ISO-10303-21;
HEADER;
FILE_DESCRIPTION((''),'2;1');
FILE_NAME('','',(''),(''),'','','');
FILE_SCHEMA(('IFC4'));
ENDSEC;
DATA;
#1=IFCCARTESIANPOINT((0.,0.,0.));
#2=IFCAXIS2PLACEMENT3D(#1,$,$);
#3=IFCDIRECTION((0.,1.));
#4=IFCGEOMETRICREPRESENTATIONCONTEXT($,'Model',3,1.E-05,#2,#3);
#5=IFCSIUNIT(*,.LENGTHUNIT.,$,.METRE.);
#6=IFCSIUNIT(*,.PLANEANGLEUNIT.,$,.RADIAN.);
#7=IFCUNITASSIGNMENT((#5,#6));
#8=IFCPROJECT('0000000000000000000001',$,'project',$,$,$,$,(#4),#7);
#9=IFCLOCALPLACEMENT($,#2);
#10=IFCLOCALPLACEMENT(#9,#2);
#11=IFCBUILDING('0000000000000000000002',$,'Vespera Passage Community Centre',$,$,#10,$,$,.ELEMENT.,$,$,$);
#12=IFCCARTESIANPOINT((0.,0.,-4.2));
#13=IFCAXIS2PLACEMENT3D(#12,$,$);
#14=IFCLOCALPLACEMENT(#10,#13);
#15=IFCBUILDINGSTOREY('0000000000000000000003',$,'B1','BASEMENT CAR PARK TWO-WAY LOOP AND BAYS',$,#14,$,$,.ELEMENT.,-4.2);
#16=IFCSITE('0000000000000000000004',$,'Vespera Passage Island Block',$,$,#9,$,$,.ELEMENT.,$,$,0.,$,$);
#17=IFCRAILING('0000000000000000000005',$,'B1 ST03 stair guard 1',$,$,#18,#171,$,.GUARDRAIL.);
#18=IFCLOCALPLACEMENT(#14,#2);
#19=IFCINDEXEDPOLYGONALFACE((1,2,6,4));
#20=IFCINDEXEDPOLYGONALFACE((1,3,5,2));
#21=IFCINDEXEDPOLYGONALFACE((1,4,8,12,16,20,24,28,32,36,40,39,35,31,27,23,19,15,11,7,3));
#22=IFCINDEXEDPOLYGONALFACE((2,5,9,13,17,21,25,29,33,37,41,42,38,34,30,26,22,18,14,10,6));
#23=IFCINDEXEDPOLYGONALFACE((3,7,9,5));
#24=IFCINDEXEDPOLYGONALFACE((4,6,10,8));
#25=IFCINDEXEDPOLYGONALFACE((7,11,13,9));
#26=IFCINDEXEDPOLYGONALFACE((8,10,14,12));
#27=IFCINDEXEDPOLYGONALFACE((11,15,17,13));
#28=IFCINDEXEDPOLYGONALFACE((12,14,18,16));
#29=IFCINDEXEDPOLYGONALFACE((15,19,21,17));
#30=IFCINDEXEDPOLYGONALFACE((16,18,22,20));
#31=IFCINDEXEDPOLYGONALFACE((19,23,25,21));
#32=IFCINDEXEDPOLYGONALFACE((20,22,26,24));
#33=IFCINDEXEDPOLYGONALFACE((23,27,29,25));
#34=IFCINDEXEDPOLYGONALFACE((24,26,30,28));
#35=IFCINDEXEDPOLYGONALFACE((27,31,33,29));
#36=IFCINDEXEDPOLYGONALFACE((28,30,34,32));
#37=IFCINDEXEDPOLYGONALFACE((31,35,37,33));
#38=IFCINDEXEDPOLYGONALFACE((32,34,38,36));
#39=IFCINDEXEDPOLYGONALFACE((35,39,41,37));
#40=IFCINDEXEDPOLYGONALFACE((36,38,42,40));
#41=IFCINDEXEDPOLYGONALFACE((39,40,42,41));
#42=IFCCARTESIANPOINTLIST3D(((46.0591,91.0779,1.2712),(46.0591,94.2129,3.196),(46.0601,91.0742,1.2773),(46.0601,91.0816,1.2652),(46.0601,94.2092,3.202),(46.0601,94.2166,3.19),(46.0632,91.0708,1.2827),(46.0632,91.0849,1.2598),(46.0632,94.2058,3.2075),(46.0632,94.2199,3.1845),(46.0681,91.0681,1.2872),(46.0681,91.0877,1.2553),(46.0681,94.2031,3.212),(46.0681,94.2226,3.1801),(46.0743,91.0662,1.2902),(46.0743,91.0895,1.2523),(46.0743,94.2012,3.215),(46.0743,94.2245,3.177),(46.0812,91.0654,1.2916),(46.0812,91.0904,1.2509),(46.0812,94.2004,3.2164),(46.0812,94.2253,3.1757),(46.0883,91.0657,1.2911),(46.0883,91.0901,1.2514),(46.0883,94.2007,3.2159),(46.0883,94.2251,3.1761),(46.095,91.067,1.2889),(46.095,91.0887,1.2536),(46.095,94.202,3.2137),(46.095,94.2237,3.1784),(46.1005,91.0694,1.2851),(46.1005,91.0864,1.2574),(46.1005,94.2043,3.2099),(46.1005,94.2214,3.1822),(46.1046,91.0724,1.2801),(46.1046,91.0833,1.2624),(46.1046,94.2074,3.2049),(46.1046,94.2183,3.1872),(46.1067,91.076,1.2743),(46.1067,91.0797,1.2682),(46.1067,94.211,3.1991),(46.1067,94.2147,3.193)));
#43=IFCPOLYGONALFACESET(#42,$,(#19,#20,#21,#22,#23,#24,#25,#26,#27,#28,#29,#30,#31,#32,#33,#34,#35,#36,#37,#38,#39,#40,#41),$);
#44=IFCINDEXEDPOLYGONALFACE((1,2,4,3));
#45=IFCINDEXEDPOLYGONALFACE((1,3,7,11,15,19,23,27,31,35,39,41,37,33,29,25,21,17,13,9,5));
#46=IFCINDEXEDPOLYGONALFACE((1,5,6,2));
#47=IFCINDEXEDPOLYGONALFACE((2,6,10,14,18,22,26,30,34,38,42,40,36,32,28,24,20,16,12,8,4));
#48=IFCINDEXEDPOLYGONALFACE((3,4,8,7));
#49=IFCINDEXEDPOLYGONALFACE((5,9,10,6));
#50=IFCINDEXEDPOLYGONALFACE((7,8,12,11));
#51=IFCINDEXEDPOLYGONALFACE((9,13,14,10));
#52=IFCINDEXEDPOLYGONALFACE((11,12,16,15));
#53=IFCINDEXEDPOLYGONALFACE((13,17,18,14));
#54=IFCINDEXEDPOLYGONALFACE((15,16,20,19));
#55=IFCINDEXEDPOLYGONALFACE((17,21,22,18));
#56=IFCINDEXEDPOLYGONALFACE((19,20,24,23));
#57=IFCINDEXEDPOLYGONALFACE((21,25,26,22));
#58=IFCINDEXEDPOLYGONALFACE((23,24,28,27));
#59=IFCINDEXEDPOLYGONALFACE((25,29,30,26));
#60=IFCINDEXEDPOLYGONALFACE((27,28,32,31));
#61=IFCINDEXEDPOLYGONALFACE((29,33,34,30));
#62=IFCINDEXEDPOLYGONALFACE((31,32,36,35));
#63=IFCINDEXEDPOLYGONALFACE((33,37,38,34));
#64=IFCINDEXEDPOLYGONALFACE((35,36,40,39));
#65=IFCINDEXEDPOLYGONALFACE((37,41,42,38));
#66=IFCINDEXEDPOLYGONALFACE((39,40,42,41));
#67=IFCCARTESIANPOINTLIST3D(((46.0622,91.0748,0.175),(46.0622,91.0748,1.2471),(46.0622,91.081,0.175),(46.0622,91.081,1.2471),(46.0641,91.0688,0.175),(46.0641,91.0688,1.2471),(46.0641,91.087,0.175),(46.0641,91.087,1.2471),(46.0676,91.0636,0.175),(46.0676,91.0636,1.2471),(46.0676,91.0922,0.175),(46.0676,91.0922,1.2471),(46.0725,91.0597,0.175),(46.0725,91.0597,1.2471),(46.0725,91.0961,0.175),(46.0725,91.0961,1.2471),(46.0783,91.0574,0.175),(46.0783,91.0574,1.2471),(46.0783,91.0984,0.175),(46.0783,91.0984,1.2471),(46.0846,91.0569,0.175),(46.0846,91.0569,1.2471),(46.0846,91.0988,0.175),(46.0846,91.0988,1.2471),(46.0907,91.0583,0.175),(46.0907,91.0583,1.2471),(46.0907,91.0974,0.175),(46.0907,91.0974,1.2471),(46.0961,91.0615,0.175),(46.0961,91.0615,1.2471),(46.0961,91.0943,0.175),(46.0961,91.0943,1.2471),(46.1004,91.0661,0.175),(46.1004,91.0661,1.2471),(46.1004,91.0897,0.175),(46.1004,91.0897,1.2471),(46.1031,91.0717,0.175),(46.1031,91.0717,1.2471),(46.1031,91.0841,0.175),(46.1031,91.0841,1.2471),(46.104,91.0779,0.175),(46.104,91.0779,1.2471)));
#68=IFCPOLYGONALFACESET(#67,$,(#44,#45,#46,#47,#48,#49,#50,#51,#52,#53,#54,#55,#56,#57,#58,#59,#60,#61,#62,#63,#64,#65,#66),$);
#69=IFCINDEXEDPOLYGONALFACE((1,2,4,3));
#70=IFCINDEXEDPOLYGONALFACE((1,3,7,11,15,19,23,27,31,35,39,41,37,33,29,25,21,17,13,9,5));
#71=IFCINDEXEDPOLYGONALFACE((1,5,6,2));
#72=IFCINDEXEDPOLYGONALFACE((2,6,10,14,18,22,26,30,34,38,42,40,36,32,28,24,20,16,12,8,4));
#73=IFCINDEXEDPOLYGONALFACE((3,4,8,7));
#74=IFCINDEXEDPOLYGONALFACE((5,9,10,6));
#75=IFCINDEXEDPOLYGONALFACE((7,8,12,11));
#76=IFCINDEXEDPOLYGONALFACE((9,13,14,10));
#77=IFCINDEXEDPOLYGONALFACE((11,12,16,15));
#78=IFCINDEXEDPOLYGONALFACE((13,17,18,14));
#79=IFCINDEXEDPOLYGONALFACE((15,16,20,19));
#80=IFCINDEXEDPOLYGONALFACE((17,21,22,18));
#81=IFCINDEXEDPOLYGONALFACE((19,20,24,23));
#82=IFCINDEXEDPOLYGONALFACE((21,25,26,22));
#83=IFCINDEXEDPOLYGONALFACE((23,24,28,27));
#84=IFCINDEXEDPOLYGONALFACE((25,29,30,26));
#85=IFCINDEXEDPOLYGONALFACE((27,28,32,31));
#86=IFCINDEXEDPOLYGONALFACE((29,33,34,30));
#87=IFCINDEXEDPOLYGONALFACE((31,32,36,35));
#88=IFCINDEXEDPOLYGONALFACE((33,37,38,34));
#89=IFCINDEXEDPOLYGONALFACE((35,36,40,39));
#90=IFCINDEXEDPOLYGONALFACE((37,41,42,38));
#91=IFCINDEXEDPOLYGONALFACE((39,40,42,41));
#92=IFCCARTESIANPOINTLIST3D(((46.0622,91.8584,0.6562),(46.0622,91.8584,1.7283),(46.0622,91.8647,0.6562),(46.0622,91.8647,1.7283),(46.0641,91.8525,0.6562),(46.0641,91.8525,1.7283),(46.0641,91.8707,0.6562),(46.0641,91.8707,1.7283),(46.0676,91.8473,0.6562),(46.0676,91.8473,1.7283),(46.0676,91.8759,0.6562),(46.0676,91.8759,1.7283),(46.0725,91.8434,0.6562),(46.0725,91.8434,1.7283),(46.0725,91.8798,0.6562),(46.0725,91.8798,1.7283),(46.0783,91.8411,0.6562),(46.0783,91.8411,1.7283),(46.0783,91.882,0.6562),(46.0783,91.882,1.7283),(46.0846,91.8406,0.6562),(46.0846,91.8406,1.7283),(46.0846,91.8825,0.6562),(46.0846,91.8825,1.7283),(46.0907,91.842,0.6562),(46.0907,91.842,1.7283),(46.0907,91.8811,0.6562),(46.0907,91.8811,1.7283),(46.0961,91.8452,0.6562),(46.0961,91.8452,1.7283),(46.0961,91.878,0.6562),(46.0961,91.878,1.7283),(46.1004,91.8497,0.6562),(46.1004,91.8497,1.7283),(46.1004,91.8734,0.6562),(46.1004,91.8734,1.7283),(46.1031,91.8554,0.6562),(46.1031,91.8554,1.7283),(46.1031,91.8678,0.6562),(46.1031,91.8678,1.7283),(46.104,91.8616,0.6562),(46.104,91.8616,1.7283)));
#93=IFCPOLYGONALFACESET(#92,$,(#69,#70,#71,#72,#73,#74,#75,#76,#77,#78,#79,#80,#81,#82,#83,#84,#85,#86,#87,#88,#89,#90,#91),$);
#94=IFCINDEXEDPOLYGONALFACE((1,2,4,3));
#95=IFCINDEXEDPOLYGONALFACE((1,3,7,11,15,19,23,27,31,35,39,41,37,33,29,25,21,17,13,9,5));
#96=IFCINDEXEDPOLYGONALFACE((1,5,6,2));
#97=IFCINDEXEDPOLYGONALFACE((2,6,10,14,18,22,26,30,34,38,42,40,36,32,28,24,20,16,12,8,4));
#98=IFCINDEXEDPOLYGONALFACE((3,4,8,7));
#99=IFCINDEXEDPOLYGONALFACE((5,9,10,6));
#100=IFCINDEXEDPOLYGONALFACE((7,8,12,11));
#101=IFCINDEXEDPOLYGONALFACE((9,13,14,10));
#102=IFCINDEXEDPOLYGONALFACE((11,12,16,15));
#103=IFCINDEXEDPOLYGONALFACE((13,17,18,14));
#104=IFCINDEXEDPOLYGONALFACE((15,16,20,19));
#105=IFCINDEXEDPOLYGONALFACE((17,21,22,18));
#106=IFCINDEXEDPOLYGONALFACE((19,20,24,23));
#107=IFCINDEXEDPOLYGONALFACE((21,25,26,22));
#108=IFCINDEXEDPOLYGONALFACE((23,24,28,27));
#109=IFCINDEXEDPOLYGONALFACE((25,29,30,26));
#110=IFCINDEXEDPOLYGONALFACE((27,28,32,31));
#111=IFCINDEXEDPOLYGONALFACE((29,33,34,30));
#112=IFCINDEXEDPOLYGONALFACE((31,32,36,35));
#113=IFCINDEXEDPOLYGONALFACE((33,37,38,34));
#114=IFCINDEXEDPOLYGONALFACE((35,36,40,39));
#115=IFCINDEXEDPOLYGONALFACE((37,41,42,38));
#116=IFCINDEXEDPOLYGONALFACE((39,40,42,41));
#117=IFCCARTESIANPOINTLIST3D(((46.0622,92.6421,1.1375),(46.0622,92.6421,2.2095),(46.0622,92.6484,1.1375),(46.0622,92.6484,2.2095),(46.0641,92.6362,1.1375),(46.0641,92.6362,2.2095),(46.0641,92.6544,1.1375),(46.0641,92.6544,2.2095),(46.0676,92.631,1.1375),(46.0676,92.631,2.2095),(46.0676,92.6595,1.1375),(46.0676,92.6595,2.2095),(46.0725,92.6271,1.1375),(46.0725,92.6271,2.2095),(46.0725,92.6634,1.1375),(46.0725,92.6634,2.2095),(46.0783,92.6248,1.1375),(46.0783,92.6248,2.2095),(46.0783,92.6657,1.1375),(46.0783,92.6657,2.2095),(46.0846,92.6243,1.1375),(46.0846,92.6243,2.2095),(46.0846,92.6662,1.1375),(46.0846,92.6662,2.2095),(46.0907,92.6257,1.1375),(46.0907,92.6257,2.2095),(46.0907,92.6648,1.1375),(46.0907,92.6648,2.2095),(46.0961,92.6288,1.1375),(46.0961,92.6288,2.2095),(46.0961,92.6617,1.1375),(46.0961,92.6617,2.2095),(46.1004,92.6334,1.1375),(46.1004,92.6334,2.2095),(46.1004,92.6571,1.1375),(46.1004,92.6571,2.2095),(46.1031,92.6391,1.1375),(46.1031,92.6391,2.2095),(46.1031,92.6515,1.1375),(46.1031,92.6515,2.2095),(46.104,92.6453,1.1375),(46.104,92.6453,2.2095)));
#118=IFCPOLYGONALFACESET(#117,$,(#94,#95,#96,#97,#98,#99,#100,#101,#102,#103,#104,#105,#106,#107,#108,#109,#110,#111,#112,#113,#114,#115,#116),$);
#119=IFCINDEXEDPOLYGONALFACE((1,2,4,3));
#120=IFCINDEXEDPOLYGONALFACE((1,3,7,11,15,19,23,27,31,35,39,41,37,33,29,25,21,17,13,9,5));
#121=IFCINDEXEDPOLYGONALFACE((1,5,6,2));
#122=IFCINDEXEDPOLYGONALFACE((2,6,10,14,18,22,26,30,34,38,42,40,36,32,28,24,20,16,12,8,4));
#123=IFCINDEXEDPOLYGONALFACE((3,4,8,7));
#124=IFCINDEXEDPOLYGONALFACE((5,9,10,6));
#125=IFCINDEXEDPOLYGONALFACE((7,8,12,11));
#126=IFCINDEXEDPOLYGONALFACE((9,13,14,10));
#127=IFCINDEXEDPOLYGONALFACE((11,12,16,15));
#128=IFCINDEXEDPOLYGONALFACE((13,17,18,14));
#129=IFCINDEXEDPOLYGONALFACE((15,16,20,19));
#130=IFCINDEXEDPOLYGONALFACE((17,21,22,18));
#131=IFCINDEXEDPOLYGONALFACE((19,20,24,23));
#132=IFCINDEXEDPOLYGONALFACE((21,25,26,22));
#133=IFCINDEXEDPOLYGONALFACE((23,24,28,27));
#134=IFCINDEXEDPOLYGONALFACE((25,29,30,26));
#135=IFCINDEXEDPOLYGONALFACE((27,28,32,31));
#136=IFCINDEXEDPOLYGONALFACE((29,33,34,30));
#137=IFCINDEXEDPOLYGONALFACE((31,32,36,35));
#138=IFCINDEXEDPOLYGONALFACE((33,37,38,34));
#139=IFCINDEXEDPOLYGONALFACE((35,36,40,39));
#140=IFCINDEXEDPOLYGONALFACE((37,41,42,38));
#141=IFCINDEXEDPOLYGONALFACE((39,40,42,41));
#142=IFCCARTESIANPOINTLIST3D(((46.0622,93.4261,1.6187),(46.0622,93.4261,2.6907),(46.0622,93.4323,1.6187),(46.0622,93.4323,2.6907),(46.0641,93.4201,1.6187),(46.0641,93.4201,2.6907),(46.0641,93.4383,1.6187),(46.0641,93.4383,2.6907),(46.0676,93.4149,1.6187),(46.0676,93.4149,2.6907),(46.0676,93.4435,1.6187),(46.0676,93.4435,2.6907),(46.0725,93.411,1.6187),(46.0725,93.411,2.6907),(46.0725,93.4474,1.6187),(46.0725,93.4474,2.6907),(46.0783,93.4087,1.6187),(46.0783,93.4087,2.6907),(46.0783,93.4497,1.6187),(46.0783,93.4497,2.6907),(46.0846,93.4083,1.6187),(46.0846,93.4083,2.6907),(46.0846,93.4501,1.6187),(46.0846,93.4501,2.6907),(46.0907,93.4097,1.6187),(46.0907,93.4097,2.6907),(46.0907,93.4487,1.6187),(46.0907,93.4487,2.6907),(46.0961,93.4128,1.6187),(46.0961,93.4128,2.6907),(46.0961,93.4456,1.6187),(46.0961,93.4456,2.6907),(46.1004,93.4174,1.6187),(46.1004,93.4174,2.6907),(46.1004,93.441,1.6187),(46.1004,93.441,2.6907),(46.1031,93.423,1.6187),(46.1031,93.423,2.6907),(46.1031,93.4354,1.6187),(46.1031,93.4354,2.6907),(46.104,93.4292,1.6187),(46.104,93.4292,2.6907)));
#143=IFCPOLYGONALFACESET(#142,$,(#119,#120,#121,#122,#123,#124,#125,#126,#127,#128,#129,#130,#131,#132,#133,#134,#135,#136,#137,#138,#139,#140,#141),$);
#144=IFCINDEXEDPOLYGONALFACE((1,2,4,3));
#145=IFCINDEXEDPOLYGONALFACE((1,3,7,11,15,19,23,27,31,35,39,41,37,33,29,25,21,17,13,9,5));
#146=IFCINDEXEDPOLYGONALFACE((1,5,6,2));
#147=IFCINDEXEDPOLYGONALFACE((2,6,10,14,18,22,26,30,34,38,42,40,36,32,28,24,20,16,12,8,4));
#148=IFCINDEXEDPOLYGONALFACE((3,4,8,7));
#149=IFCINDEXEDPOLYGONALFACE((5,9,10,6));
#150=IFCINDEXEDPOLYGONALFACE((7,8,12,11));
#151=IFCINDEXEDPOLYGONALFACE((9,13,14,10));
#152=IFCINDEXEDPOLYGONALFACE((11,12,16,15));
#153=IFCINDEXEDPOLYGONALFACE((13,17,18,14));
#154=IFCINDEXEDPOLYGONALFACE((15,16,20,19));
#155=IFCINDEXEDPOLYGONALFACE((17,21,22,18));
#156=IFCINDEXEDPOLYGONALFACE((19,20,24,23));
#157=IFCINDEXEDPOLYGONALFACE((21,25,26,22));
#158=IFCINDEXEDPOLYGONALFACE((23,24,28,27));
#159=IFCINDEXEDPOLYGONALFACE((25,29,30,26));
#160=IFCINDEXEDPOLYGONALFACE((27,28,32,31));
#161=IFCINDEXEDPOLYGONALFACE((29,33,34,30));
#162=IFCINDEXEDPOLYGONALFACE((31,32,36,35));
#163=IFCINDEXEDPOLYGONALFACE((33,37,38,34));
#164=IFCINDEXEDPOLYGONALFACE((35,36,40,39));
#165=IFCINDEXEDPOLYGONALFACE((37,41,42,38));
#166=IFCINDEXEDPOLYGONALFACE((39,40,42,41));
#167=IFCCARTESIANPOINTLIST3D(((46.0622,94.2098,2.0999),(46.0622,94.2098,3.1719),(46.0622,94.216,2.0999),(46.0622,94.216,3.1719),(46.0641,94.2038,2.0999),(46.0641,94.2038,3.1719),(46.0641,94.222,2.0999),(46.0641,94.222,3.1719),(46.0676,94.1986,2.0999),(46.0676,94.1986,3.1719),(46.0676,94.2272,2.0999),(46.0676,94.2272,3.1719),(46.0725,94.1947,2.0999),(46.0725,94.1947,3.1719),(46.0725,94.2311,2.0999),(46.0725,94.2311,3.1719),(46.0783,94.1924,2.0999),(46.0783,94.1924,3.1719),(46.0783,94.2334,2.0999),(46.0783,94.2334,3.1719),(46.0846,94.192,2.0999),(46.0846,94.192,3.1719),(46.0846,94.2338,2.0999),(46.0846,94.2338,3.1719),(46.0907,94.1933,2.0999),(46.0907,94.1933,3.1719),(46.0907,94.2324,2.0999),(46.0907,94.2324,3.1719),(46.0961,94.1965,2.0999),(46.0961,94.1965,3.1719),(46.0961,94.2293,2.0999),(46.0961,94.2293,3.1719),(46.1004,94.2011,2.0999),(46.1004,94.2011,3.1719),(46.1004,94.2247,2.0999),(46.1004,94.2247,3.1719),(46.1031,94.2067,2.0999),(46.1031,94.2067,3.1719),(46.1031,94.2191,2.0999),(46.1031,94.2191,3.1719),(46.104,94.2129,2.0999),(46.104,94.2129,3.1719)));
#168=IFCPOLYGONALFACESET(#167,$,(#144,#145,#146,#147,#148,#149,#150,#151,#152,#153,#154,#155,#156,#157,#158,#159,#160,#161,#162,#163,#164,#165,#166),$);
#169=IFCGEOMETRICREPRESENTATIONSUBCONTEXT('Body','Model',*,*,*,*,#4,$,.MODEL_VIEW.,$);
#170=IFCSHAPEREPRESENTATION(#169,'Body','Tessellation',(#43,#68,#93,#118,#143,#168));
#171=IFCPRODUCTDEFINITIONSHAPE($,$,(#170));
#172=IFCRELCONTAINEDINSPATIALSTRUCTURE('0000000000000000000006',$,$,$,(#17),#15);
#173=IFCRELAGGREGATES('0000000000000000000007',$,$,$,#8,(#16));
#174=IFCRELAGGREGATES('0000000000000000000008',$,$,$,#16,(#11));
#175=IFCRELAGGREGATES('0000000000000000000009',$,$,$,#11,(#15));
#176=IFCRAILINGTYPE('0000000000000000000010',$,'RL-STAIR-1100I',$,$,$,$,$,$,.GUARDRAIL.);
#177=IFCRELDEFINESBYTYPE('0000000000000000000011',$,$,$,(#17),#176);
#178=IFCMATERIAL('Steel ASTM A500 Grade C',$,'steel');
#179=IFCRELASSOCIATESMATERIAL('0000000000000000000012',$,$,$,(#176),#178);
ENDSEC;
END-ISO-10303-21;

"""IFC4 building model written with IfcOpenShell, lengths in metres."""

from ifc_helpers import new_model, si_unit, direction, frame, origin, origin_2d, place, context, subcontext, project, spatial, circle, extrude, material, type_object, element, save


model = new_model("IFC4")

# Units and contexts
model_context = context("Model", 3, precision=1e-05, world=origin(), true_north=direction((0.0, 1.0)))
body_context = subcontext(model_context, "Body", "Model", "MODEL_VIEW")
ifc_project = project(units=[si_unit("LENGTHUNIT", "METRE"), si_unit("PLANEANGLEUNIT", "RADIAN")], contexts=[model_context])

# Site, building, storey
site_placement = place(None, origin())
site = spatial("IfcSite", under=ifc_project, at=site_placement, Name="Vespera Passage Island Block", CompositionType="ELEMENT", RefElevation=0.0)
building_placement = place(site_placement, origin())
building = spatial("IfcBuilding", under=site, at=building_placement, Name="Vespera Passage Community Centre", CompositionType="ELEMENT")
storey_placement = place(building_placement, frame((0.0, 0.0, -4.2)))
storey = spatial("IfcBuildingStorey", under=building, at=storey_placement, Name="B1", Description="BASEMENT CAR PARK TWO-WAY LOOP AND BAYS", CompositionType="ELEMENT", Elevation=-4.2)

# Railing
ifc_material_1 = material(Name="Steel ASTM A500 Grade C", Category="steel")
railing_type_1 = type_object("IfcRailingType", Name="RL-STAIR-1100I", PredefinedType="GUARDRAIL", material=ifc_material_1)
railing_1_placement = place(storey_placement, frame((46.083, 91.0779, 0.175)))
element("IfcRailing", 1, at=railing_1_placement, inside=storey, type_object=railing_type_1, Name="B1 ST03 stair guard 1", PredefinedType="GUARDRAIL", context=body_context, shape_type="SweptSolid", body=[
    extrude(circle(Radius=0.0239, at=origin_2d()), frame((0.0, 0.0, 1.0962), z_axis=(0.0, 0.852196, 0.523223), x_axis=(-1.0, 0.0, 0.0)), (0.0, 0.0, 1.0), 3.6787),
    extrude(circle(Radius=0.021, at=origin_2d()), origin(), (0.0, 0.0, 1.0), 1.072),
    extrude(circle(Radius=0.021, at=origin_2d()), frame((0.0, 0.7837, 0.4812)), (0.0, 0.0, 1.0), 1.072),
    extrude(circle(Radius=0.021, at=origin_2d()), frame((0.0, 1.5674, 0.9624)), (0.0, 0.0, 1.0), 1.072),
    extrude(circle(Radius=0.021, at=origin_2d()), frame((0.0, 2.3513, 1.4436)), (0.0, 0.0, 1.0), 1.072),
    extrude(circle(Radius=0.021, at=origin_2d()), frame((0.0, 3.135, 1.9248)), (0.0, 0.0, 1.0), 1.072),
])

save(model, "model.ifc")
